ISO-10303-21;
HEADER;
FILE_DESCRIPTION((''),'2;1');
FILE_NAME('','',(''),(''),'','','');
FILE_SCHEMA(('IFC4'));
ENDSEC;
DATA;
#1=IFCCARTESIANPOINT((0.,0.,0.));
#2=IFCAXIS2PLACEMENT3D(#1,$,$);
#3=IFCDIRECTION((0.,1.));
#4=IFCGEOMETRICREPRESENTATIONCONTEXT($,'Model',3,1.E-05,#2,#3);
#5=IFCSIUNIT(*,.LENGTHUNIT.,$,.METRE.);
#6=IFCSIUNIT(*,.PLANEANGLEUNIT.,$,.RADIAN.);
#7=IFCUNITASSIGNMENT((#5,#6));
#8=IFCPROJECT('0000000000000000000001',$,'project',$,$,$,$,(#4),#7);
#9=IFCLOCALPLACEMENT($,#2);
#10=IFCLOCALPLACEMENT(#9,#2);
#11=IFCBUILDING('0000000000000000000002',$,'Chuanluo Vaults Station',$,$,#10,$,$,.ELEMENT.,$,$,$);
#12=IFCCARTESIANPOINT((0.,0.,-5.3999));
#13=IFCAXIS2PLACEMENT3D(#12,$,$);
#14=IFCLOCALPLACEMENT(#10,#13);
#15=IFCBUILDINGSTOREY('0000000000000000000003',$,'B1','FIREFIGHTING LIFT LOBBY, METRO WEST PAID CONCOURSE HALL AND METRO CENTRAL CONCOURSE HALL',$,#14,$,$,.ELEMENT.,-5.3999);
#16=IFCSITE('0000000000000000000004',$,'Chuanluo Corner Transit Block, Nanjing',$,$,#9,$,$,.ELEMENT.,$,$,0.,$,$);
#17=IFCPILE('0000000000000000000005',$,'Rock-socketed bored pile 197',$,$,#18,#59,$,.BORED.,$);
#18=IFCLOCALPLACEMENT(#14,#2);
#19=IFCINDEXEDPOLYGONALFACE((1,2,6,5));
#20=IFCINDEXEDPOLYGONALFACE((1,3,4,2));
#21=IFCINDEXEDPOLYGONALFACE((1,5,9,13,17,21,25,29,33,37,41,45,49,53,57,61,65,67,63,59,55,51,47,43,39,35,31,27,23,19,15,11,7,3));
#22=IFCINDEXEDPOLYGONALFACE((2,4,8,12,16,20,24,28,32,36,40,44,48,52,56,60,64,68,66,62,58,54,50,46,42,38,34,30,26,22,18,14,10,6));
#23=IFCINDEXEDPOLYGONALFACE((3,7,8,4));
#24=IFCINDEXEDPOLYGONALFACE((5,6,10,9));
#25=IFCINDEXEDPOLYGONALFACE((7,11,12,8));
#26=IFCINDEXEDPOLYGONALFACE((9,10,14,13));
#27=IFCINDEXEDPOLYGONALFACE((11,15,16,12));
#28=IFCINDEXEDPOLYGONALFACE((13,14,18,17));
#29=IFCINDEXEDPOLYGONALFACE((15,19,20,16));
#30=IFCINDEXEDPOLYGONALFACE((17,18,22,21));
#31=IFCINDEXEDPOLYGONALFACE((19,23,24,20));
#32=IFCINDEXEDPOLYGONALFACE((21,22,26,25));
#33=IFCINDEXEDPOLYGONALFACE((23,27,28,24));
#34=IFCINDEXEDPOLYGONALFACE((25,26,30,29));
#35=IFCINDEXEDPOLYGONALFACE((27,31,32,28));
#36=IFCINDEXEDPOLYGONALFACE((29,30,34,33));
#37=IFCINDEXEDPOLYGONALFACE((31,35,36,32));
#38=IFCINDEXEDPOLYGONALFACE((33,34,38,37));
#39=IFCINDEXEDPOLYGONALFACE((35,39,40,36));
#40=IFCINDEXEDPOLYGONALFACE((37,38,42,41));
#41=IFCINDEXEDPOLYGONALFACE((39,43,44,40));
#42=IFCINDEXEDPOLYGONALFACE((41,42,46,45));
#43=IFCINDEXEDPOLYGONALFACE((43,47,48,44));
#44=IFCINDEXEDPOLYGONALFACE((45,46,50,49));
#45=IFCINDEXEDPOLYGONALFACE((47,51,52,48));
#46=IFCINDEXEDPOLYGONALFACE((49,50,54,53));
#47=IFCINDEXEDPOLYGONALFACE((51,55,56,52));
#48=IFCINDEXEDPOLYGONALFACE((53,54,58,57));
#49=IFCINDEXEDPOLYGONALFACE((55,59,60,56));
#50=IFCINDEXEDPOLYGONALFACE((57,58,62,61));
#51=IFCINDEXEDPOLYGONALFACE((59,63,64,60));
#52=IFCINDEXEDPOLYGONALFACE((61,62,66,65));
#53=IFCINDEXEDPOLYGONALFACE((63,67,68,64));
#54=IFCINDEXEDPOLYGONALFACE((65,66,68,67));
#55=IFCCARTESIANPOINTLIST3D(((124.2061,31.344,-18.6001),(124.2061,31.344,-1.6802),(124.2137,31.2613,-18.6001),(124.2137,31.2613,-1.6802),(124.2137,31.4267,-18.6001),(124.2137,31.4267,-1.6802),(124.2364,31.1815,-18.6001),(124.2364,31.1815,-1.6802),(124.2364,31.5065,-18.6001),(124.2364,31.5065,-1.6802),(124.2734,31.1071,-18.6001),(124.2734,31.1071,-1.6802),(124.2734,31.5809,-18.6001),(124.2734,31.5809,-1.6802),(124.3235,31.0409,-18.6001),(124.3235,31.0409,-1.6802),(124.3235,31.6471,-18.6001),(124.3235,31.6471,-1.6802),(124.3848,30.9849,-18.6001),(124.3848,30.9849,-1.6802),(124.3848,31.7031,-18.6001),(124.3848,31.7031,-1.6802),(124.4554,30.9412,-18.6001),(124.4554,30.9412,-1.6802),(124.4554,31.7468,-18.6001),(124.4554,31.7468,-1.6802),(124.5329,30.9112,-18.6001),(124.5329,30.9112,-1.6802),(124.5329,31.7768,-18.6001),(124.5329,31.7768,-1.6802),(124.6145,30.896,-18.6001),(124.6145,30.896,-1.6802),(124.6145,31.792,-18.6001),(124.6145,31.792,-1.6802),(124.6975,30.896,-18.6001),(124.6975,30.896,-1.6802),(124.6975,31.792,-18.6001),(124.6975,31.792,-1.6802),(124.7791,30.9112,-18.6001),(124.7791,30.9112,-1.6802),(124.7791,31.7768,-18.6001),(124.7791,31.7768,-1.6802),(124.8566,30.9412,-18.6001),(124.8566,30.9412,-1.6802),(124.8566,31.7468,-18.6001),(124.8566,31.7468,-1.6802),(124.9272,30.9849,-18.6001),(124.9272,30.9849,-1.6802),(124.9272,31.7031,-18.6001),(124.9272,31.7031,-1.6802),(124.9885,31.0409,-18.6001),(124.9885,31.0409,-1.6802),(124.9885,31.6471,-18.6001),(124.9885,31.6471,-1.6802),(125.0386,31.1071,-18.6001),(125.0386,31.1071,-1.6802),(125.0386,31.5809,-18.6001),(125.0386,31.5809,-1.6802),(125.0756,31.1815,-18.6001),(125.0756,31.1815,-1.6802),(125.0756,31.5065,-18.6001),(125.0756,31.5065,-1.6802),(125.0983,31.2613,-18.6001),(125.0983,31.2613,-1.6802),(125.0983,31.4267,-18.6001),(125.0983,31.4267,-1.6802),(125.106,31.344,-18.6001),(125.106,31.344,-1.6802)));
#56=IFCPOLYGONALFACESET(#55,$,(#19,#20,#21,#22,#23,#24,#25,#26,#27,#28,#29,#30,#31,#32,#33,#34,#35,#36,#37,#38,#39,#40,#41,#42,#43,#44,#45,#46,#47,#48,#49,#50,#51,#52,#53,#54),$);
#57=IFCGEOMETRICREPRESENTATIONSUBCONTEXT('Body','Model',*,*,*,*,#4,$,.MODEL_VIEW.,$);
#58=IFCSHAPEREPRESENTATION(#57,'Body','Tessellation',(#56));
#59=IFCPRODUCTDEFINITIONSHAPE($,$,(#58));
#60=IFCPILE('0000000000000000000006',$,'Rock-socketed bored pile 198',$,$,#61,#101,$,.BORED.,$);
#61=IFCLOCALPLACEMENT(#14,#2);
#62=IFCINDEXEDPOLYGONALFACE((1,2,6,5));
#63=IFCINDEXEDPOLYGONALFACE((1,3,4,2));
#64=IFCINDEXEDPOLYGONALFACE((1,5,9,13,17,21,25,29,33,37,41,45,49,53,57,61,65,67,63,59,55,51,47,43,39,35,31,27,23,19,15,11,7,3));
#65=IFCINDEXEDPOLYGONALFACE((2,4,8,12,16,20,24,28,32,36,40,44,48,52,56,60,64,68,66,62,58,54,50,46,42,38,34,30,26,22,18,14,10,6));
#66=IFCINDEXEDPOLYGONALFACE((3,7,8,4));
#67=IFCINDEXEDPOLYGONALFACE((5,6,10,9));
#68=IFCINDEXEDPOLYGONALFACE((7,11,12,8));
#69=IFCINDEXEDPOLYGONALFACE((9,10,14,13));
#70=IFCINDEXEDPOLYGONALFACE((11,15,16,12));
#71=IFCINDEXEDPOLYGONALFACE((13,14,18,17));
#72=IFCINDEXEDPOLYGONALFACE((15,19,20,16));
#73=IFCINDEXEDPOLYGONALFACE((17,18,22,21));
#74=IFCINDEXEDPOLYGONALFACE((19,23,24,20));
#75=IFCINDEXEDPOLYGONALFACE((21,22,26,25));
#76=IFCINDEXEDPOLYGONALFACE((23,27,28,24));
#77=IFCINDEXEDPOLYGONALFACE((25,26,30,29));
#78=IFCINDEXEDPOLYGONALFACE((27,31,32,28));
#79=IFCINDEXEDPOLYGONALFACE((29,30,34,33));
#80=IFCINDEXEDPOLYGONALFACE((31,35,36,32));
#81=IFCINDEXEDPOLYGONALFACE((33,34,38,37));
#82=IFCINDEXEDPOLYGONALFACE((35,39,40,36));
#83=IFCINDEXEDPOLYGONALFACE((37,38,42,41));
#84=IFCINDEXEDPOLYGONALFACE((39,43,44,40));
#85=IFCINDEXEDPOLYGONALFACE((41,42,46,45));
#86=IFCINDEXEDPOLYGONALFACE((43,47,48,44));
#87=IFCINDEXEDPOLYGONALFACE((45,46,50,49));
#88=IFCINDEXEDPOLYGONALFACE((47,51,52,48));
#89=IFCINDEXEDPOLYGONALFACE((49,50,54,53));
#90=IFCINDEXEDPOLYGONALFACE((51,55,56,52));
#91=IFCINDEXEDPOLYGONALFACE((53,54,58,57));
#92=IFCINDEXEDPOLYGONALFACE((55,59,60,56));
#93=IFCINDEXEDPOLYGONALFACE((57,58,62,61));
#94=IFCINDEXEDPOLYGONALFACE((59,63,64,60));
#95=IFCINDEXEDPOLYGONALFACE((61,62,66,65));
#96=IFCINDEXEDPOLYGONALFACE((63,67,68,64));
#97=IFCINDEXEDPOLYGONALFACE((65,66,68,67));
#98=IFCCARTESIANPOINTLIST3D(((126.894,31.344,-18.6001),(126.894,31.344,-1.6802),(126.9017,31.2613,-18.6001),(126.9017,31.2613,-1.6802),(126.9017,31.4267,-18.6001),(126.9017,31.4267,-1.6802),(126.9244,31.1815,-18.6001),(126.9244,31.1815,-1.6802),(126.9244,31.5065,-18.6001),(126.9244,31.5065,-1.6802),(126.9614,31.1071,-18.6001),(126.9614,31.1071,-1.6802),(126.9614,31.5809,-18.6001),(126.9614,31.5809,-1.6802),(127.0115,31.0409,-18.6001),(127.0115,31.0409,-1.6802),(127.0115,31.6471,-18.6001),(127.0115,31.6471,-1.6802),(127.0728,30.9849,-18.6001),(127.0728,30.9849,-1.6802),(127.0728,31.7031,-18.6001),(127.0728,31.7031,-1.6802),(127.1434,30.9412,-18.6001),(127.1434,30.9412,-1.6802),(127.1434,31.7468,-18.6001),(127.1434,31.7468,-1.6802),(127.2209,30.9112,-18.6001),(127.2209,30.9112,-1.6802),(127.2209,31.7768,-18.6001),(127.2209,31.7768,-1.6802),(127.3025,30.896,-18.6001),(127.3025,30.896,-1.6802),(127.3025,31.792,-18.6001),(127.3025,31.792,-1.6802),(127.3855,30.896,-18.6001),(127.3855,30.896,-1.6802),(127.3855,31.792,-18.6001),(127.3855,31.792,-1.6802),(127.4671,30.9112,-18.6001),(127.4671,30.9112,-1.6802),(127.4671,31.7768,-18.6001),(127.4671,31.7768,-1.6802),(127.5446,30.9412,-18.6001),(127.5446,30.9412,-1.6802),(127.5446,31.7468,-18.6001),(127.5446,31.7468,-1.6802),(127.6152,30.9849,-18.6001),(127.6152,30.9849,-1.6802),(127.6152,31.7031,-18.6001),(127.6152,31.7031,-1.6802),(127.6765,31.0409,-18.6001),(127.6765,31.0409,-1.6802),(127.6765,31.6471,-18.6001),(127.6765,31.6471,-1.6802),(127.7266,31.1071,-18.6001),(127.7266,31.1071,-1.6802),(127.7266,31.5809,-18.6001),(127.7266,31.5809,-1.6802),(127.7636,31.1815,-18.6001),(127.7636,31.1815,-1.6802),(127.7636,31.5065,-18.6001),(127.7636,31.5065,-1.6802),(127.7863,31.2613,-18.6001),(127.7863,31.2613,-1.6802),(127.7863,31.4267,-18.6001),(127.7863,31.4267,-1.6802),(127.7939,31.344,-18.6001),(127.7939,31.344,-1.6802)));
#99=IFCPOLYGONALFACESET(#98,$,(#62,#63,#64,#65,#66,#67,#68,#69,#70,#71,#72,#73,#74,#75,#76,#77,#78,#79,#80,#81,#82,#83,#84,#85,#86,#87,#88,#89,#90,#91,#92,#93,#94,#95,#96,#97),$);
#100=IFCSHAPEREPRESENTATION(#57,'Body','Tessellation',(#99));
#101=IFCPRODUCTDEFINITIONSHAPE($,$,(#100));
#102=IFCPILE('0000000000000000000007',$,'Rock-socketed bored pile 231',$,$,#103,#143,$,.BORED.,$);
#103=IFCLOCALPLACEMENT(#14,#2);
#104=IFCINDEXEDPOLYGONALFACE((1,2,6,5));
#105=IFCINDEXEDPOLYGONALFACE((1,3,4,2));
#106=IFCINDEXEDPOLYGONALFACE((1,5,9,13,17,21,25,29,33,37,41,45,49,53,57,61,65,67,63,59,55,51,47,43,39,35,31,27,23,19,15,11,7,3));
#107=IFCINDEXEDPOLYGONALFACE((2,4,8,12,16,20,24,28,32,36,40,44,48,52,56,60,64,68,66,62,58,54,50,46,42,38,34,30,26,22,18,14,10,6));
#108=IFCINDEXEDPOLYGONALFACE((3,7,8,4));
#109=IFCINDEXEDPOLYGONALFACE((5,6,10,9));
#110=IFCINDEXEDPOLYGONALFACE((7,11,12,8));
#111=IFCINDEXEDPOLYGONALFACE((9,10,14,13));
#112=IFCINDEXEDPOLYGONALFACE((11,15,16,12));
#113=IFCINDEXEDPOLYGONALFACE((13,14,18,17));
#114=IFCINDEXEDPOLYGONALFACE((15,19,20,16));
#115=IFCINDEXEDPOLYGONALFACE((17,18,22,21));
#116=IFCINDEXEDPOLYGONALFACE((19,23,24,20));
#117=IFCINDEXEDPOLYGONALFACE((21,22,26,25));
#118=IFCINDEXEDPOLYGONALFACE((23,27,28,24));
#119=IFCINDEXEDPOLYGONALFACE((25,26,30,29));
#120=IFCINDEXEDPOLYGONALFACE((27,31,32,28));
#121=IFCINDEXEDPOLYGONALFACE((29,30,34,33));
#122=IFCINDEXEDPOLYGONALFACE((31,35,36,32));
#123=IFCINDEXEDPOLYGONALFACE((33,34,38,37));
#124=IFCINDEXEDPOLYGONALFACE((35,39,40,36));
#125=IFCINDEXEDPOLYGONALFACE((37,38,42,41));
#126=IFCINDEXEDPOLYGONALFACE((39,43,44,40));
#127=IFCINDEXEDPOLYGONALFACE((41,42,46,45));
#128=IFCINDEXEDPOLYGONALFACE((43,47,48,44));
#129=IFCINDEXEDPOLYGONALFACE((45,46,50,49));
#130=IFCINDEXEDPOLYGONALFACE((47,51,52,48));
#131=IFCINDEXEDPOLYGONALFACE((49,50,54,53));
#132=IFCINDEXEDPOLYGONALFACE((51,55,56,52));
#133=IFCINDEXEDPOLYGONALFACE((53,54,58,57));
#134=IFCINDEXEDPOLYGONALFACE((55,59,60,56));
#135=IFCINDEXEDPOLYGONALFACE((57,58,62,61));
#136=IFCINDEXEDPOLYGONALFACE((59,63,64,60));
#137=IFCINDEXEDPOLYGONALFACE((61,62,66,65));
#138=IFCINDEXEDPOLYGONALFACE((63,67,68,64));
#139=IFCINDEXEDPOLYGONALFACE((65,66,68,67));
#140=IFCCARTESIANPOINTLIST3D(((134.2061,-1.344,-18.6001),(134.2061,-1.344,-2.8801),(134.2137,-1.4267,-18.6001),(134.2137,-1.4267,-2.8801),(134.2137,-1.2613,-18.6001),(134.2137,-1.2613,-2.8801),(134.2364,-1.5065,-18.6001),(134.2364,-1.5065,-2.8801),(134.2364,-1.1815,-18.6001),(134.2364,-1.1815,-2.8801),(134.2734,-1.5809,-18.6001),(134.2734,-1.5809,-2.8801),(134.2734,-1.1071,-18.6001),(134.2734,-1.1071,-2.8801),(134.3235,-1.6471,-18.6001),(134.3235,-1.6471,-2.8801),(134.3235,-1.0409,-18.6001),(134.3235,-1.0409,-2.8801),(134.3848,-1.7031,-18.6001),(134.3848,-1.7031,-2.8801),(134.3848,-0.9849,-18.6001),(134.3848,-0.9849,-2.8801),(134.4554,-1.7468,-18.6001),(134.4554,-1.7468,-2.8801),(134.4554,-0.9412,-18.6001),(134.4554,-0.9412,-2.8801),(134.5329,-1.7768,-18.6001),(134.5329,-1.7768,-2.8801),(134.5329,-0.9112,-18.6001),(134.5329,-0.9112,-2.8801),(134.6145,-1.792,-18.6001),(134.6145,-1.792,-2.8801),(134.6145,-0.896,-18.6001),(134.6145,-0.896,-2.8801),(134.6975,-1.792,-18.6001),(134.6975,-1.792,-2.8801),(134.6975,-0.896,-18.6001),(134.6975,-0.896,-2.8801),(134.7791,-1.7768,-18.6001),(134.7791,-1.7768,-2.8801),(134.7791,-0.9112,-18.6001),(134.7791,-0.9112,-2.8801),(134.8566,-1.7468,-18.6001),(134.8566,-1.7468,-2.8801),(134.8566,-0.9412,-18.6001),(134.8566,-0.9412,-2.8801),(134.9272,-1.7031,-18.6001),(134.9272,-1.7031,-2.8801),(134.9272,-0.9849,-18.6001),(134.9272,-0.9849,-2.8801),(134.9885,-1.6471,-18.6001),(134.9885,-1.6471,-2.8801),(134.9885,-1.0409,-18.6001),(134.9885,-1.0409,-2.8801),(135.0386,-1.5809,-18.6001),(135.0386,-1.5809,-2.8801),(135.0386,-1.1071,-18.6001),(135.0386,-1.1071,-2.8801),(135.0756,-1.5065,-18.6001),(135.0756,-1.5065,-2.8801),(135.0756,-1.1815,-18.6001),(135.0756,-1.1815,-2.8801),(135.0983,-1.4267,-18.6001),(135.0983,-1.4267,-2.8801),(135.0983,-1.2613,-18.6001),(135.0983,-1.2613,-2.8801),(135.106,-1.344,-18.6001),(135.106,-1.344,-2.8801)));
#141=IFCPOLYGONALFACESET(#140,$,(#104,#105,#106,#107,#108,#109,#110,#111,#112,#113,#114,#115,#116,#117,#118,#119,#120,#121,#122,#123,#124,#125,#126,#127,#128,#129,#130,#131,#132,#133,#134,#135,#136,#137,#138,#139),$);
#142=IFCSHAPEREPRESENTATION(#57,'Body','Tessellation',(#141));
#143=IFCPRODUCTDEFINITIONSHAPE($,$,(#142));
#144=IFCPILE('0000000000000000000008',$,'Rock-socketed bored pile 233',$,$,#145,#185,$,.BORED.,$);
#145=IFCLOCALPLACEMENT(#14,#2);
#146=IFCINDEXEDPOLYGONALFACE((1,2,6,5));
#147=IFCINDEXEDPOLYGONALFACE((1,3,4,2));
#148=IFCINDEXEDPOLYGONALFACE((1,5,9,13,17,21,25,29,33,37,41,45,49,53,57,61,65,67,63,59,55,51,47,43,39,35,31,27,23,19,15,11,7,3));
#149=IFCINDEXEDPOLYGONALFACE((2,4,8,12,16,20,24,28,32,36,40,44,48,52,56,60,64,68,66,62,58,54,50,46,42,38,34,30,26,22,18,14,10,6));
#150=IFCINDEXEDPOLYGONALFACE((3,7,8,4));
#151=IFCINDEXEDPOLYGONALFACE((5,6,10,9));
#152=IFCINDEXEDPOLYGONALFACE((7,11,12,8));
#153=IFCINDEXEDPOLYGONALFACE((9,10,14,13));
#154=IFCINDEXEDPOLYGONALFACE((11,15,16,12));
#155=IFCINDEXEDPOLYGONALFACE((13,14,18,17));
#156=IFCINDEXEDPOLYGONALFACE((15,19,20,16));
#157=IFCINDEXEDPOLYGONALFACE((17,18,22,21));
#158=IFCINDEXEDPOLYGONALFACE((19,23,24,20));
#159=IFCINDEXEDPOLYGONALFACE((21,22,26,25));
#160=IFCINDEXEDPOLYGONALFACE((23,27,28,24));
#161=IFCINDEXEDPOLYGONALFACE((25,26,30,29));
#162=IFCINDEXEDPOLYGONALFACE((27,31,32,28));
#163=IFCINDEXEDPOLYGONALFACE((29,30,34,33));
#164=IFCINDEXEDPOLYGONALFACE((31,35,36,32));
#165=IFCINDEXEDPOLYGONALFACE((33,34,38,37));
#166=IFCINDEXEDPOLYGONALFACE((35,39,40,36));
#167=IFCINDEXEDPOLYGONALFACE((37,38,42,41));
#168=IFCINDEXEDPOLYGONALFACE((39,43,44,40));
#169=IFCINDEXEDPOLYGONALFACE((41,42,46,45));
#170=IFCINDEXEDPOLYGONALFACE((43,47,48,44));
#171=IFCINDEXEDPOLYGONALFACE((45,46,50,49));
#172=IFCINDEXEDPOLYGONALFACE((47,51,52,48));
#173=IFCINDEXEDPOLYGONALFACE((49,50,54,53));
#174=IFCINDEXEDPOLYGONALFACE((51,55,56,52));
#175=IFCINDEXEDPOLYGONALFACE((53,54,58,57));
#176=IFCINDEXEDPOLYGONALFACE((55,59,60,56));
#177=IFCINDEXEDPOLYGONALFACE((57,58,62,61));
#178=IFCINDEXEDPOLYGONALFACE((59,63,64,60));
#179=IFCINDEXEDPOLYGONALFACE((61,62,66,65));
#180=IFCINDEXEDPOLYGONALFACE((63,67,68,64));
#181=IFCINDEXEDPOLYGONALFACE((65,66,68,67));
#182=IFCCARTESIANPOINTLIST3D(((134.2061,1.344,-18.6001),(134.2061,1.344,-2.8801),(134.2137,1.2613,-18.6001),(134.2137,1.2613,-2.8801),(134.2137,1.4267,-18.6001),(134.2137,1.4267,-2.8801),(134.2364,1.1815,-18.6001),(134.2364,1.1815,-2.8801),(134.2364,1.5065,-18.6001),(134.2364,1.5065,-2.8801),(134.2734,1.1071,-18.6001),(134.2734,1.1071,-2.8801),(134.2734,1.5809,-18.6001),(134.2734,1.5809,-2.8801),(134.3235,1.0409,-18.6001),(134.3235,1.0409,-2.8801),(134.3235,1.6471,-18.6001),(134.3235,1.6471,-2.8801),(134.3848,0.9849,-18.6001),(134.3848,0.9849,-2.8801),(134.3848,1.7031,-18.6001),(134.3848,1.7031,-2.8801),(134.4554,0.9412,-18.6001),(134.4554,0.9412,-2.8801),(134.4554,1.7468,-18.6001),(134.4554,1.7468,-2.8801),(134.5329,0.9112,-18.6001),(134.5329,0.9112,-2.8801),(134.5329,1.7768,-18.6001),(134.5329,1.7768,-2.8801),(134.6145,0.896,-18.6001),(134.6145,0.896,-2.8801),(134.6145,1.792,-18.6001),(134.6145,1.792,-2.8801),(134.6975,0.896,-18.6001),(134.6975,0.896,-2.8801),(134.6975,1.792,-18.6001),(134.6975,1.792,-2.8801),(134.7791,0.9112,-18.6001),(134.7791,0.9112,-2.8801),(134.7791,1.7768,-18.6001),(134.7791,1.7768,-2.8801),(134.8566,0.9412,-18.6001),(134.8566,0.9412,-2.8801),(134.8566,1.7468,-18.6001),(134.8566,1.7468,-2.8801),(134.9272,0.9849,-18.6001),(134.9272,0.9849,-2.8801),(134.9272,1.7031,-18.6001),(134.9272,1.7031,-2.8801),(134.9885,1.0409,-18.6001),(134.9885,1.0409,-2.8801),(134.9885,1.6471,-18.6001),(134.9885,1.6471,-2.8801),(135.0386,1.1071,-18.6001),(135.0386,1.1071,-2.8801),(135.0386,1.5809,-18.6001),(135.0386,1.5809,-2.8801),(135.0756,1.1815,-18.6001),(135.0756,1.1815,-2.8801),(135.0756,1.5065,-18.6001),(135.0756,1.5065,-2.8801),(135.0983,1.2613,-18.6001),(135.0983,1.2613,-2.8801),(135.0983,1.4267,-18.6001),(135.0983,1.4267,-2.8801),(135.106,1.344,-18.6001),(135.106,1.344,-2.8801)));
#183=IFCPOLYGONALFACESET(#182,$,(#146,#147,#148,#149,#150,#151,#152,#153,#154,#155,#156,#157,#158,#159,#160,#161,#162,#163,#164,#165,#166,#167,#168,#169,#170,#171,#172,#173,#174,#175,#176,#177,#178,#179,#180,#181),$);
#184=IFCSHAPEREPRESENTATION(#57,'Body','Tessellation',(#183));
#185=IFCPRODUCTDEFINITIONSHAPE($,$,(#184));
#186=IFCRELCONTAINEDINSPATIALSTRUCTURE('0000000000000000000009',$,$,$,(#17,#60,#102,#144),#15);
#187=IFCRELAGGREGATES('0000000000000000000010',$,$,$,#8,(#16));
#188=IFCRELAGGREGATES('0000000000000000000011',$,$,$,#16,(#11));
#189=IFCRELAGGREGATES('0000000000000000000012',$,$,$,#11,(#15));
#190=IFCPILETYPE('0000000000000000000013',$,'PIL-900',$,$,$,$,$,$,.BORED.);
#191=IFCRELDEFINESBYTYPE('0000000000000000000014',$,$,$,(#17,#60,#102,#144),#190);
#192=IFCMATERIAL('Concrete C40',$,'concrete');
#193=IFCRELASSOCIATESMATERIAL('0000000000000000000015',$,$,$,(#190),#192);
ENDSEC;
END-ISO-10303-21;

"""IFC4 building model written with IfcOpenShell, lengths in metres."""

from ifc_helpers import new_model, si_unit, direction, frame, origin, origin_2d, place, context, subcontext, project, spatial, circle, extrude, material, material_profile, profile_set, type_object, element, save


model = new_model("IFC4")

# Units and contexts
model_context = context("Model", 3, precision=1e-05, world=origin(), true_north=direction((0.0, 1.0)))
body_context = subcontext(model_context, "Body", "Model", "MODEL_VIEW")
ifc_project = project(units=[si_unit("LENGTHUNIT", "METRE"), si_unit("PLANEANGLEUNIT", "RADIAN")], contexts=[model_context])

# Site, building, storey
site_placement = place(None, origin())
site = spatial("IfcSite", under=ifc_project, at=site_placement, Name="Chuanluo Corner Transit Block, Nanjing", CompositionType="ELEMENT", RefElevation=0.0)
building_placement = place(site_placement, origin())
building = spatial("IfcBuilding", under=site, at=building_placement, Name="Chuanluo Vaults Station", CompositionType="ELEMENT")
storey_placement = place(building_placement, frame((0.0, 0.0, -5.3999)))
storey = spatial("IfcBuildingStorey", under=building, at=storey_placement, Name="B1", Description="FIREFIGHTING LIFT LOBBY, METRO WEST PAID CONCOURSE HALL AND METRO CENTRAL CONCOURSE HALL", CompositionType="ELEMENT", Elevation=-5.3999)

# Piles
ifc_material_1 = material(Name="Concrete C40", Category="concrete")
ifc_material_profile_1 = material_profile(ifc_material_1, circle(Radius=0.45, at=origin_2d()))
ifc_profile_set_1 = profile_set([ifc_material_profile_1], Name="Concrete C40")
pile_type_1 = type_object("IfcPileType", Name="PIL-900", PredefinedType="BORED", material=ifc_profile_set_1)
for number, where, z_axis, x_axis, name in (
    (1, (124.656, 31.344, -1.6802), (0.0, 0.0, -1.0), (1.0, 0.0, 0.0), "Rock-socketed bored pile 197"),
    (2, (127.344, 31.344, -1.6802), (0.0, 0.0, -1.0), (1.0, 0.0, 0.0), "Rock-socketed bored pile 198"),
):
    element("IfcPile", number, at=place(storey_placement, frame(where, z_axis=z_axis, x_axis=x_axis)), inside=storey, type_object=pile_type_1, Name=name, PredefinedType="BORED", context=body_context, shape_type="SweptSolid", body=[
        extrude(circle(Radius=0.45, at=origin_2d()), origin(), (0.0, 0.0, 1.0), 16.9199),
    ])
for number, where, z_axis, x_axis, name in (
    (3, (134.656, -1.344, -2.8801), (0.0, 0.0, -1.0), (1.0, 0.0, 0.0), "Rock-socketed bored pile 231"),
    (4, (134.656, 1.344, -2.8801), (0.0, 0.0, -1.0), (1.0, 0.0, 0.0), "Rock-socketed bored pile 233"),
):
    element("IfcPile", number, at=place(storey_placement, frame(where, z_axis=z_axis, x_axis=x_axis)), inside=storey, type_object=pile_type_1, Name=name, PredefinedType="BORED", context=body_context, shape_type="SweptSolid", body=[
        extrude(circle(Radius=0.45, at=origin_2d()), origin(), (0.0, 0.0, 1.0), 15.72),
    ])

save(model, "model.ifc")
